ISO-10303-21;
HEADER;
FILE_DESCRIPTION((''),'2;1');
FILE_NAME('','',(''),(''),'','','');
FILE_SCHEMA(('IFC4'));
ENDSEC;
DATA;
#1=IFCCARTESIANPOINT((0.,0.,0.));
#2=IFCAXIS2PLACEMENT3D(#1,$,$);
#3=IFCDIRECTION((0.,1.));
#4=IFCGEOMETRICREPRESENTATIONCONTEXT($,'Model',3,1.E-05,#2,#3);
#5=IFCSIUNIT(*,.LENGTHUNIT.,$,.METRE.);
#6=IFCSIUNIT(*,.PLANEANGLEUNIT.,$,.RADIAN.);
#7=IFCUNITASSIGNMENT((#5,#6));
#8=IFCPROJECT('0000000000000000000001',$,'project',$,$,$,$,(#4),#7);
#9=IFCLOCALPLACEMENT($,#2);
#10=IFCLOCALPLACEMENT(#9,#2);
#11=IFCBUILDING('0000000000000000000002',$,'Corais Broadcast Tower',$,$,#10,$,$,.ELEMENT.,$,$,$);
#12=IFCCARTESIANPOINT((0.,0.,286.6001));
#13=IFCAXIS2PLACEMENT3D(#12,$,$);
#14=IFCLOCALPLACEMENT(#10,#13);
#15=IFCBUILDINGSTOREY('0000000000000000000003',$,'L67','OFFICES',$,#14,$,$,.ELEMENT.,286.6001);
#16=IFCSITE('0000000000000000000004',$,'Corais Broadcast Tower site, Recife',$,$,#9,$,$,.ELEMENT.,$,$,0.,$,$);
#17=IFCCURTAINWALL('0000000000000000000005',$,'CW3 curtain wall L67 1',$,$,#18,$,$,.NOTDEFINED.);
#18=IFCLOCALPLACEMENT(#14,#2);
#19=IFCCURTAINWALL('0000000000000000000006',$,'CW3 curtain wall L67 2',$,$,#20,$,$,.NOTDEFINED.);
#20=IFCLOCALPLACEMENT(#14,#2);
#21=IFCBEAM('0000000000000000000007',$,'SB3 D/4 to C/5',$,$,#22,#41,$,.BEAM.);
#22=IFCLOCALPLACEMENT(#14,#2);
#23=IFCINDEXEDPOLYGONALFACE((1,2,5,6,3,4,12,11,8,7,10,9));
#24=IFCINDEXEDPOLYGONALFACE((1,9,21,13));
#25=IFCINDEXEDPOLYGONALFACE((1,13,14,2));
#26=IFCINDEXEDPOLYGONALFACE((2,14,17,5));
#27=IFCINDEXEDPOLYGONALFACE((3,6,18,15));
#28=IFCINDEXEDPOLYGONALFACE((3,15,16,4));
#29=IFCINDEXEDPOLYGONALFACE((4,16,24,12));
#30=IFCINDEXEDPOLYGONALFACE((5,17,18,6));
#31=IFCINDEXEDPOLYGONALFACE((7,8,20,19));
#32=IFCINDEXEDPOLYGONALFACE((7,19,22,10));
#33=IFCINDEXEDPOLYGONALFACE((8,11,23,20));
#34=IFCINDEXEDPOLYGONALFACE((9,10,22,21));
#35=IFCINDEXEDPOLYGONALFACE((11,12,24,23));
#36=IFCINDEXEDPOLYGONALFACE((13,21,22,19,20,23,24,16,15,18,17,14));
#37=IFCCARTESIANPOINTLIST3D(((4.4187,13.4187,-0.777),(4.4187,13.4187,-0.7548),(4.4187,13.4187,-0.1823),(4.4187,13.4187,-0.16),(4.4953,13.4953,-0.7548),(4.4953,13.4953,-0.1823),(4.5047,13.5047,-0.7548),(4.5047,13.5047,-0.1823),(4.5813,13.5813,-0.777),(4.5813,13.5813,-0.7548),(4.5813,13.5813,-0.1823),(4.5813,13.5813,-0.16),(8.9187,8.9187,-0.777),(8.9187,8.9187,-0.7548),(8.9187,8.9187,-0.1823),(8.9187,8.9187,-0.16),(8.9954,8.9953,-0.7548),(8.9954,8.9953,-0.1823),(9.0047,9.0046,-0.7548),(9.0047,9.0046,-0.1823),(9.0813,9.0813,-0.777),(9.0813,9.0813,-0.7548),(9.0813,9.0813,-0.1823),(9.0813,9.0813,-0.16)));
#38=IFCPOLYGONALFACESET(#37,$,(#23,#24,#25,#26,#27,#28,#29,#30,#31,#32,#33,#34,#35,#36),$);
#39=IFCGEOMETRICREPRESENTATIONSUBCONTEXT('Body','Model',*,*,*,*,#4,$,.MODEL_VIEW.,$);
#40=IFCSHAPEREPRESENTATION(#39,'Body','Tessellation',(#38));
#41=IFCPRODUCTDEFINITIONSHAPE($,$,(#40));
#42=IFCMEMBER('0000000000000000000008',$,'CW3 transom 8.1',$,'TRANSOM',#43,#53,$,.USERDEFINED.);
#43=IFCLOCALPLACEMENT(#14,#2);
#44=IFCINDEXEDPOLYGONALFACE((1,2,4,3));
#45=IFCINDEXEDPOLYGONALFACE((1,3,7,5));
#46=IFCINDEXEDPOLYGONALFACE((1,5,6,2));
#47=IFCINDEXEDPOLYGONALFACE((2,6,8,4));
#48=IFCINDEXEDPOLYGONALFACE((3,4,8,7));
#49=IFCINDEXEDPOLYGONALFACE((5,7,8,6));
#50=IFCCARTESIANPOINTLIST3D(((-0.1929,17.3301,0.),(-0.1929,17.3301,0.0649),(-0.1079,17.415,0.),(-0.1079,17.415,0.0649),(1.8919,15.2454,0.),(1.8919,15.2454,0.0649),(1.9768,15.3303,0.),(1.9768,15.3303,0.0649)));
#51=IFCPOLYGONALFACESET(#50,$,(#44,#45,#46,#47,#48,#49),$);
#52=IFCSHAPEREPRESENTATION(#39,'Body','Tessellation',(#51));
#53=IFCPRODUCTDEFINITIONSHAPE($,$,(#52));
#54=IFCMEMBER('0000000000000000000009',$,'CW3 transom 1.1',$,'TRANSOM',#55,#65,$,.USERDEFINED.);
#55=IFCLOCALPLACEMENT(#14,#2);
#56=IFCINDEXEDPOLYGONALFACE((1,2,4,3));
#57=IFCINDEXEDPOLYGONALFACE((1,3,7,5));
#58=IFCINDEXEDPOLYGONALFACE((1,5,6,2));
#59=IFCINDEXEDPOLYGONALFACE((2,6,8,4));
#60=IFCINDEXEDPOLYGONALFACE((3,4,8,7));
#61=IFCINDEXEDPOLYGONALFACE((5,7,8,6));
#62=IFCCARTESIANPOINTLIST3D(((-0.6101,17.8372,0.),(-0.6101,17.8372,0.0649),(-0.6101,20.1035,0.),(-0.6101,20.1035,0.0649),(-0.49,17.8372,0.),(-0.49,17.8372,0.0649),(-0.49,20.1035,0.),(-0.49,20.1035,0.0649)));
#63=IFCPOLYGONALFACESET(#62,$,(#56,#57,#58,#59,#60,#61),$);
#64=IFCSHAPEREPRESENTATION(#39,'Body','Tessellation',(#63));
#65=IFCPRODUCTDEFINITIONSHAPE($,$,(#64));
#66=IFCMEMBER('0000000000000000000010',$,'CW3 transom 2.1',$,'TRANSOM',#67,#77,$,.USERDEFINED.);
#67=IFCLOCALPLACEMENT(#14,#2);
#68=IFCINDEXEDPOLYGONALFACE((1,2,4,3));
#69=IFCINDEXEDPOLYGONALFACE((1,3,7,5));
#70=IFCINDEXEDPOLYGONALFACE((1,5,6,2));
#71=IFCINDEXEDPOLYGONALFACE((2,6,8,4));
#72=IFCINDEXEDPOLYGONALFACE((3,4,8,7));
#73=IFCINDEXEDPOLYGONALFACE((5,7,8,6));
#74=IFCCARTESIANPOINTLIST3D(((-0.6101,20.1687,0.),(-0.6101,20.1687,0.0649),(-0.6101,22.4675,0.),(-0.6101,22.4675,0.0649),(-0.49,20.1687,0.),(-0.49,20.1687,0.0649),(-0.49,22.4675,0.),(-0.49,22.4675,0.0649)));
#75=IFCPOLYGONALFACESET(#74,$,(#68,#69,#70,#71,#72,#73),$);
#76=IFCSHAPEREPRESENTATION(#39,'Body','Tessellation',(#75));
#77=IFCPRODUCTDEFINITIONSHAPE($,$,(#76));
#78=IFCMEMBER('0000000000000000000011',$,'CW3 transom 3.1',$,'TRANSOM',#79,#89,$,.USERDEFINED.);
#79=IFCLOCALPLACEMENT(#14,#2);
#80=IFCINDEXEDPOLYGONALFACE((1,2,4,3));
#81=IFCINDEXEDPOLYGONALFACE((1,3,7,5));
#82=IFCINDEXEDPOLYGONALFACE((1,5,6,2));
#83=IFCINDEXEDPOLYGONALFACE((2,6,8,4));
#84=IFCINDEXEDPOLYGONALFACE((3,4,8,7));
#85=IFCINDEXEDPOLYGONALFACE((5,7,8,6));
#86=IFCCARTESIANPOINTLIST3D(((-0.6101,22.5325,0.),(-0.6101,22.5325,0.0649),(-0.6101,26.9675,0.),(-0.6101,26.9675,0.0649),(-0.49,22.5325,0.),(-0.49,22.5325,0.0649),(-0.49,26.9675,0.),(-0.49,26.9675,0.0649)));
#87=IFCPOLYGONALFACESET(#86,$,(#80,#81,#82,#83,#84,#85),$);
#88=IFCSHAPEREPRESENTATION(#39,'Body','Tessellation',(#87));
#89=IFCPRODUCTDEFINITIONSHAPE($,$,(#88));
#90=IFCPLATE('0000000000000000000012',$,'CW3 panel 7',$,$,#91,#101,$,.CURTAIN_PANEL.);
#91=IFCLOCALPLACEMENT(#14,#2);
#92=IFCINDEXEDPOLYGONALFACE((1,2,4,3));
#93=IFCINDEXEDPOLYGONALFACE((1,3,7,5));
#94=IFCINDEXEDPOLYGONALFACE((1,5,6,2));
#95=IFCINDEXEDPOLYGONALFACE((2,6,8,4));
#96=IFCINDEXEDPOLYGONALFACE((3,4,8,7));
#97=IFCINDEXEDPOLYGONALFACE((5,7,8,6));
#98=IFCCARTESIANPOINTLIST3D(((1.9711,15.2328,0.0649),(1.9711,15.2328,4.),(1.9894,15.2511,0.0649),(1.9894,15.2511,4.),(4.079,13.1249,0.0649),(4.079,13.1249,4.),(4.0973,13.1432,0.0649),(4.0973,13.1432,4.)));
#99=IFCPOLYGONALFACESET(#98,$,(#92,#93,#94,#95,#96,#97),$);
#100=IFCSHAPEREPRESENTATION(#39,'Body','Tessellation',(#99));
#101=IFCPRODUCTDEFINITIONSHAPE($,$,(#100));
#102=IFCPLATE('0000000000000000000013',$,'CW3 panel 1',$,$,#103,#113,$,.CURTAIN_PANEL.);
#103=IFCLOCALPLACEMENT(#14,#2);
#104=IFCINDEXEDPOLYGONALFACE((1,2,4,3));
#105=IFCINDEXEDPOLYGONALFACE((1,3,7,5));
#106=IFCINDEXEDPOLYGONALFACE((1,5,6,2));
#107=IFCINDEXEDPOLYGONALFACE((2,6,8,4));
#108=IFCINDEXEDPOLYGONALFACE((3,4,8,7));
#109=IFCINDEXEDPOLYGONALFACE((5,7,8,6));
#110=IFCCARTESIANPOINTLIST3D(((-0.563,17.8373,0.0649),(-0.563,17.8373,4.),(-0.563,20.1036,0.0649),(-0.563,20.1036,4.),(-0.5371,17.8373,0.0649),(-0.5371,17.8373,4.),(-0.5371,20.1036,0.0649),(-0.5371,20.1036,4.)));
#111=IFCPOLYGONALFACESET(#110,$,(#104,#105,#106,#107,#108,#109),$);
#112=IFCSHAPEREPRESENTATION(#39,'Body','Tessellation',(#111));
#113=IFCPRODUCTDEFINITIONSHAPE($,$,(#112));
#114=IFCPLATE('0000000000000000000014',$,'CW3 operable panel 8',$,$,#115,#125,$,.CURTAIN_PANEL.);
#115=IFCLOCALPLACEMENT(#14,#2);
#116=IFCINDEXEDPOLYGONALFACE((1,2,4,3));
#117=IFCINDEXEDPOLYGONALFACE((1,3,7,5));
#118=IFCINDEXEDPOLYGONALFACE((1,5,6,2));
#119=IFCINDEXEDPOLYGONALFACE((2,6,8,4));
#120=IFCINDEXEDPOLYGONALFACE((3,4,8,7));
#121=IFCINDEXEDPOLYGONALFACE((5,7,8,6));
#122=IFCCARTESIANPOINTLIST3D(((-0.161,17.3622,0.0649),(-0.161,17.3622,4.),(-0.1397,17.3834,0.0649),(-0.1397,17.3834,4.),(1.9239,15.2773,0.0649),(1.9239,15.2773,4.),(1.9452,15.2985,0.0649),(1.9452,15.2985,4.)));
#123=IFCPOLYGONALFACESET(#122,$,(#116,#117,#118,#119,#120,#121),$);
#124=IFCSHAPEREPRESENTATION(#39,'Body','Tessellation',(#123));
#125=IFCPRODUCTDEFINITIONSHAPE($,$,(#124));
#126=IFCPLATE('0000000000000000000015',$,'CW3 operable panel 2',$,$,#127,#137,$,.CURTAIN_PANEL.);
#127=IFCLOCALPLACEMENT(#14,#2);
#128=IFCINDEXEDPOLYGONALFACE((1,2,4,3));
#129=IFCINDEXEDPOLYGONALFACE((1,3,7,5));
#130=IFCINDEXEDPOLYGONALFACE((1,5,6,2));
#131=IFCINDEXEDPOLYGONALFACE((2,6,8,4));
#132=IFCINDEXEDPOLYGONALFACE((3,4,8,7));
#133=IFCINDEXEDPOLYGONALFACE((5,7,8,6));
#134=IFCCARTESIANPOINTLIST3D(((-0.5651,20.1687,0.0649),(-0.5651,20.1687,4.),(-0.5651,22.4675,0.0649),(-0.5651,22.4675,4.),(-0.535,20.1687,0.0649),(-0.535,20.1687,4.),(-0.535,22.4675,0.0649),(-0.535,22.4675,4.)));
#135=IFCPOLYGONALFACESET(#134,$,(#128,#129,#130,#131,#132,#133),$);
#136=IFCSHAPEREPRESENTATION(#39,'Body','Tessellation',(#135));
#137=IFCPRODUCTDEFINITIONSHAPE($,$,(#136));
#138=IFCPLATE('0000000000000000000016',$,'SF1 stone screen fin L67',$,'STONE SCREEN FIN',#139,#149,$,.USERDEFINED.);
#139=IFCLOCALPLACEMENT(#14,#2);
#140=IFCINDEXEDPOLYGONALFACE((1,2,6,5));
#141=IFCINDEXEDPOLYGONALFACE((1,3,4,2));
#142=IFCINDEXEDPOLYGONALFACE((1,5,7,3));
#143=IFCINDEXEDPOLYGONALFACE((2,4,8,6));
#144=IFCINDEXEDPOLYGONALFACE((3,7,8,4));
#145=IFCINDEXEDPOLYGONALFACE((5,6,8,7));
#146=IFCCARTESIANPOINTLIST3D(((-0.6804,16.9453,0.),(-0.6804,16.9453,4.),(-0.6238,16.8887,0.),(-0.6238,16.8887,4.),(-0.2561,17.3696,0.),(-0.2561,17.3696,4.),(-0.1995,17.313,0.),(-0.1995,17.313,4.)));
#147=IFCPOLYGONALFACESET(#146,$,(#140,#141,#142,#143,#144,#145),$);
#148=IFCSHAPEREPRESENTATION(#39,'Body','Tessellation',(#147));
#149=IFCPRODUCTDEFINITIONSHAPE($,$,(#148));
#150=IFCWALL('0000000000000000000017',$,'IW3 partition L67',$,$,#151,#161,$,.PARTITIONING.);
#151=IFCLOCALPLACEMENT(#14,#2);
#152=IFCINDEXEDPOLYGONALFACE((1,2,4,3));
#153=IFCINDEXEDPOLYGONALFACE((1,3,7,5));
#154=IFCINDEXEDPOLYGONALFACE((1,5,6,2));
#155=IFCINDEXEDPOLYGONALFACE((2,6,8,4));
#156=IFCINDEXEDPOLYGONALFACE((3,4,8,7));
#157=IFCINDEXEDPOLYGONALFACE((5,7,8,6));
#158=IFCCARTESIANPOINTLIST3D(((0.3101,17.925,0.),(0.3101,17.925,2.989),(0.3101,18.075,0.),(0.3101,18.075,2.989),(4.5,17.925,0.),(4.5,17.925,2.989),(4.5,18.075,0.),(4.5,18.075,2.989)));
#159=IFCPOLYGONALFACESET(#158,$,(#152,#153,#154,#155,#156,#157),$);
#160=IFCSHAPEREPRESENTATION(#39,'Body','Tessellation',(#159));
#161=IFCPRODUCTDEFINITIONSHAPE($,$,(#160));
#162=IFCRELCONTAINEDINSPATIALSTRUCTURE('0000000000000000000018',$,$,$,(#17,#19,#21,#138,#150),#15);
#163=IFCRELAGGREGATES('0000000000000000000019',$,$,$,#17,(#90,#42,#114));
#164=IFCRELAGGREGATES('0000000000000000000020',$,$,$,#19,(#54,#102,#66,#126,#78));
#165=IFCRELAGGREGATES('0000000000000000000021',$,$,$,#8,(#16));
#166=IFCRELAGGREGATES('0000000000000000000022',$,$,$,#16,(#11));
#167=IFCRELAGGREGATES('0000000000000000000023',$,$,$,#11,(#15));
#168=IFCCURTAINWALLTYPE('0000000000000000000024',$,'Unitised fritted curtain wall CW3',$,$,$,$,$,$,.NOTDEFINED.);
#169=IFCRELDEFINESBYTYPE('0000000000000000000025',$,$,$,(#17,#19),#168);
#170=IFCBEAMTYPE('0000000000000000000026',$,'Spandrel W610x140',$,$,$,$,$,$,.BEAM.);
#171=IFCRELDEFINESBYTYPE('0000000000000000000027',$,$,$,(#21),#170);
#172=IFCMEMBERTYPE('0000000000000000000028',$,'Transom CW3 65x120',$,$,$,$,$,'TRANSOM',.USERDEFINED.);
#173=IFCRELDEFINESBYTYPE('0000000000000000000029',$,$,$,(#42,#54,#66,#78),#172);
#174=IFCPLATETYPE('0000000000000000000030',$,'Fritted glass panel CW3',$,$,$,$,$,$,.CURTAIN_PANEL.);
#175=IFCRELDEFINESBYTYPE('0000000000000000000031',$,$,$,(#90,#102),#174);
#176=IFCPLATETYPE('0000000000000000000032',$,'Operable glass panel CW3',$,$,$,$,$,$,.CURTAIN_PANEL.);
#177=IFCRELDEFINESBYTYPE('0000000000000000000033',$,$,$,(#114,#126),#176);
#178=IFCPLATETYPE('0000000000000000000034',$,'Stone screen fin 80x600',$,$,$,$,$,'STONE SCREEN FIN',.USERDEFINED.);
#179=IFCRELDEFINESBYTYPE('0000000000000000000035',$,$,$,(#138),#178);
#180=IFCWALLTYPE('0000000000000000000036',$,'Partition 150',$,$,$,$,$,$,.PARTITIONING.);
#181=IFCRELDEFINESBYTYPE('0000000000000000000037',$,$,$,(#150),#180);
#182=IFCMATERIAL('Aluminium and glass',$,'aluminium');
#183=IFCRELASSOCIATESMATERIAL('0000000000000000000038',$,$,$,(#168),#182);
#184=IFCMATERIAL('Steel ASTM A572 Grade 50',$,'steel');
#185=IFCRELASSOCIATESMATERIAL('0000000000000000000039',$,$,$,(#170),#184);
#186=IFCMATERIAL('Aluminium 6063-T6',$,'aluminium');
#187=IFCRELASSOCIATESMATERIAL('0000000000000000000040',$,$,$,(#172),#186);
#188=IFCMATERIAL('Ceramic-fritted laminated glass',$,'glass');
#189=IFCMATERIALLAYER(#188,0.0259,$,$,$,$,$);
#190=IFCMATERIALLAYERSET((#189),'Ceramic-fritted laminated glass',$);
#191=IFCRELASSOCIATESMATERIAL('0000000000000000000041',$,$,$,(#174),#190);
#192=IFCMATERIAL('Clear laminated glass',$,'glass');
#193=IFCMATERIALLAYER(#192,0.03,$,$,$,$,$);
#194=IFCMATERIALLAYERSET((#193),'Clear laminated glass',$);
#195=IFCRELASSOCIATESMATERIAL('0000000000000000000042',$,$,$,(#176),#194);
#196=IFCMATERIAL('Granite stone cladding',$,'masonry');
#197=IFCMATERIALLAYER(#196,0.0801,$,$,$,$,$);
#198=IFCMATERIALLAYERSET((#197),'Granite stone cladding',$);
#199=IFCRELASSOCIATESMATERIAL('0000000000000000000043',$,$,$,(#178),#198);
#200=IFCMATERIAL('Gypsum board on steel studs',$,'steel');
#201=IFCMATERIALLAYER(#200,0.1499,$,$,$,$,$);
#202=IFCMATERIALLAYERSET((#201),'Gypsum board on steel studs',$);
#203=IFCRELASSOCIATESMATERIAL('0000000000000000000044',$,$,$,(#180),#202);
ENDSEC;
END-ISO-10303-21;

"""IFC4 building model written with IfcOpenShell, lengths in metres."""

from ifc_helpers import new_model, si_unit, direction, frame, frame_2d, origin, origin_2d, place, context, subcontext, project, spatial, rectangle, i_section, extrude, material, layer, layer_set, material_profile, profile_set, type_object, element, aggregate, save


model = new_model("IFC4")

# Units and contexts
model_context = context("Model", 3, precision=1e-05, world=origin(), true_north=direction((0.0, 1.0)))
body_context = subcontext(model_context, "Body", "Model", "MODEL_VIEW")
ifc_project = project(units=[si_unit("LENGTHUNIT", "METRE"), si_unit("PLANEANGLEUNIT", "RADIAN")], contexts=[model_context])

# Site, building, storey
site_placement = place(None, origin())
site = spatial("IfcSite", under=ifc_project, at=site_placement, Name="Corais Broadcast Tower site, Recife", CompositionType="ELEMENT", RefElevation=0.0)
building_placement = place(site_placement, origin())
building = spatial("IfcBuilding", under=site, at=building_placement, Name="Corais Broadcast Tower", CompositionType="ELEMENT")
storey_placement = place(building_placement, frame((0.0, 0.0, 286.6001)))
storey = spatial("IfcBuildingStorey", under=building, at=storey_placement, Name="L67", Description="OFFICES", CompositionType="ELEMENT", Elevation=286.6001)

# Curtain walls
ifc_material_1 = material(Name="Aluminium and glass", Category="aluminium")
curtain_wall_type = type_object("IfcCurtainWallType", Name="Unitised fritted curtain wall CW3", PredefinedType="NOTDEFINED", material=ifc_material_1)
curtain_wall_1_placement = place(storey_placement, origin())
curtain_wall_1 = element("IfcCurtainWall", 1, at=curtain_wall_1_placement, inside=storey, type_object=curtain_wall_type, Name="CW3 curtain wall L67 1", PredefinedType="NOTDEFINED")
curtain_wall_2_placement = place(storey_placement, origin())
curtain_wall_2 = element("IfcCurtainWall", 2, at=curtain_wall_2_placement, inside=storey, type_object=curtain_wall_type, Name="CW3 curtain wall L67 2", PredefinedType="NOTDEFINED")

# Beam
ifc_material_2 = material(Name="Steel ASTM A572 Grade 50", Category="steel")
ifc_material_profile_1 = material_profile(ifc_material_2, i_section(OverallWidth=0.23, OverallDepth=0.6169, WebThickness=0.0132, FlangeThickness=0.0222, at=origin_2d()), Name="W610x140")
ifc_profile_set_1 = profile_set([ifc_material_profile_1], Name="Steel ASTM A572 Grade 50")
beam_type_1 = type_object("IfcBeamType", Name="Spandrel W610x140", PredefinedType="BEAM", material=ifc_profile_set_1)
beam_1_placement = place(storey_placement, frame((4.5, 13.5, -0.4685), z_axis=(0.707107, -0.707107, 0.0), x_axis=(0.707107, 0.707107, 0.0)))
element("IfcBeam", 3, at=beam_1_placement, inside=storey, type_object=beam_type_1, Name="SB3 D/4 to C/5", PredefinedType="BEAM", context=body_context, shape_type="SweptSolid", body=[
    extrude(i_section(OverallWidth=0.23, OverallDepth=0.6169, WebThickness=0.0132, FlangeThickness=0.0222, at=origin_2d()), origin(), (0.0, 0.0, 1.0), 6.364),
])

# Members
ifc_material_3 = material(Name="Aluminium 6063-T6", Category="aluminium")
ifc_material_profile_2 = material_profile(ifc_material_3, rectangle(XDim=0.1201, YDim=0.0649, at=origin_2d()), Name="Transom CW3 65x120")
ifc_profile_set_2 = profile_set([ifc_material_profile_2], Name="Aluminium 6063-T6")
member_type_1 = type_object("IfcMemberType", Name="Transom CW3 65x120", ElementType="TRANSOM", PredefinedType="USERDEFINED", material=ifc_profile_set_2)
member_1_placement = place(storey_placement, frame((1.9343, 15.2878, 0.0325), z_axis=(-0.707107, 0.707107, 0.0), x_axis=(-0.707107, -0.707107, 0.0)))
member_1 = element("IfcMember", 4, at=member_1_placement, type_object=member_type_1, Name="CW3 transom 8.1", ObjectType="TRANSOM", PredefinedType="USERDEFINED", context=body_context, shape_type="SweptSolid", body=[
    extrude(rectangle(XDim=0.1201, YDim=0.0649, at=origin_2d()), origin(), (0.0, 0.0, 1.0), 2.9482),
])
member_2_placement = place(storey_placement, frame((-0.55, 17.8372, 0.0325), z_axis=(0.0, 1.0, 0.0), x_axis=(-1.0, 0.0, 0.0)))
member_2 = element("IfcMember", 5, at=member_2_placement, type_object=member_type_1, Name="CW3 transom 1.1", ObjectType="TRANSOM", PredefinedType="USERDEFINED", context=body_context, shape_type="SweptSolid", body=[
    extrude(rectangle(XDim=0.1201, YDim=0.0649, at=origin_2d()), origin(), (0.0, 0.0, 1.0), 2.2664),
])
member_3_placement = place(storey_placement, frame((-0.55, 20.1687, 0.0325), z_axis=(0.0, 1.0, 0.0), x_axis=(-1.0, 0.0, 0.0)))
member_3 = element("IfcMember", 6, at=member_3_placement, type_object=member_type_1, Name="CW3 transom 2.1", ObjectType="TRANSOM", PredefinedType="USERDEFINED", context=body_context, shape_type="SweptSolid", body=[
    extrude(rectangle(XDim=0.1201, YDim=0.0649, at=origin_2d()), origin(), (0.0, 0.0, 1.0), 2.2988),
])
member_4_placement = place(storey_placement, frame((-0.55, 22.5325, 0.0325), z_axis=(0.0, 1.0, 0.0), x_axis=(-1.0, 0.0, 0.0)))
member_4 = element("IfcMember", 7, at=member_4_placement, type_object=member_type_1, Name="CW3 transom 3.1", ObjectType="TRANSOM", PredefinedType="USERDEFINED", context=body_context, shape_type="SweptSolid", body=[
    extrude(rectangle(XDim=0.1201, YDim=0.0649, at=origin_2d()), origin(), (0.0, 0.0, 1.0), 4.4351),
])

# Plates
ifc_material_4 = material(Name="Ceramic-fritted laminated glass", Category="glass")
ifc_layer_1 = layer(ifc_material_4, 0.0259)
ifc_layer_set_1 = layer_set([ifc_layer_1], Name="Ceramic-fritted laminated glass")
plate_type_1 = type_object("IfcPlateType", Name="Fritted glass panel CW3", PredefinedType="CURTAIN_PANEL", material=ifc_layer_set_1)
plate_1_placement = place(storey_placement, frame((3.0342, 14.188, 0.0649), z_axis=(0.0, 0.0, 1.0), x_axis=(-0.707107, 0.707107, 0.0)))
plate_1 = element("IfcPlate", 8, at=plate_1_placement, type_object=plate_type_1, Name="CW3 panel 7", PredefinedType="CURTAIN_PANEL", context=body_context, shape_type="SweptSolid", body=[
    extrude(rectangle(XDim=2.981, YDim=0.0259, at=origin_2d()), origin(), (0.0, 0.0, 1.0), 3.9351),
])
plate_2_placement = place(storey_placement, frame((-0.55, 18.9705, 0.0649), z_axis=(0.0, 0.0, 1.0), x_axis=(0.0, 1.0, 0.0)))
plate_2 = element("IfcPlate", 9, at=plate_2_placement, type_object=plate_type_1, Name="CW3 panel 1", PredefinedType="CURTAIN_PANEL", context=body_context, shape_type="SweptSolid", body=[
    extrude(rectangle(XDim=2.2664, YDim=0.0259, at=origin_2d()), origin(), (0.0, 0.0, 1.0), 3.9351),
])
ifc_material_5 = material(Name="Clear laminated glass", Category="glass")
ifc_layer_2 = layer(ifc_material_5, 0.03)
ifc_layer_set_2 = layer_set([ifc_layer_2], Name="Clear laminated glass")
plate_type_2 = type_object("IfcPlateType", Name="Operable glass panel CW3", PredefinedType="CURTAIN_PANEL", material=ifc_layer_set_2)
plate_3_placement = place(storey_placement, frame((0.8921, 16.3303, 0.0649), z_axis=(0.0, 0.0, 1.0), x_axis=(-0.707107, 0.707107, 0.0)))
plate_3 = element("IfcPlate", 10, at=plate_3_placement, type_object=plate_type_2, Name="CW3 operable panel 8", PredefinedType="CURTAIN_PANEL", context=body_context, shape_type="SweptSolid", body=[
    extrude(rectangle(XDim=2.9485, YDim=0.03, at=origin_2d()), origin(), (0.0, 0.0, 1.0), 3.9351),
])
aggregate(curtain_wall_1, [plate_1, member_1, plate_3])
plate_4_placement = place(storey_placement, frame((-0.55, 21.3181, 0.0649), z_axis=(0.0, 0.0, 1.0), x_axis=(0.0, 1.0, 0.0)))
plate_4 = element("IfcPlate", 11, at=plate_4_placement, type_object=plate_type_2, Name="CW3 operable panel 2", PredefinedType="CURTAIN_PANEL", context=body_context, shape_type="SweptSolid", body=[
    extrude(rectangle(XDim=2.2988, YDim=0.03, at=origin_2d()), origin(), (0.0, 0.0, 1.0), 3.9351),
])
aggregate(curtain_wall_2, [member_2, plate_2, member_3, plate_4, member_4])
ifc_material_6 = material(Name="Granite stone cladding", Category="masonry")
ifc_layer_3 = layer(ifc_material_6, 0.0801)
ifc_layer_set_3 = layer_set([ifc_layer_3], Name="Granite stone cladding")
plate_type_3 = type_object("IfcPlateType", Name="Stone screen fin 80x600", ElementType="STONE SCREEN FIN", PredefinedType="USERDEFINED", material=ifc_layer_set_3)
plate_5_placement = place(storey_placement, frame((-0.4399, 17.1292, 0.0), z_axis=(0.0, 0.0, 1.0), x_axis=(-0.707107, 0.707107, 0.0)))
element("IfcPlate", 12, at=plate_5_placement, inside=storey, type_object=plate_type_3, Name="SF1 stone screen fin L67", ObjectType="STONE SCREEN FIN", PredefinedType="USERDEFINED", context=body_context, shape_type="SweptSolid", body=[
    extrude(rectangle(XDim=0.0801, YDim=0.6001, at=origin_2d()), origin(), (0.0, 0.0, 1.0), 4.0),
])

# Wall
ifc_material_7 = material(Name="Gypsum board on steel studs", Category="steel")
ifc_layer_4 = layer(ifc_material_7, 0.1499)
ifc_layer_set_4 = layer_set([ifc_layer_4], Name="Gypsum board on steel studs")
wall_type = type_object("IfcWallType", Name="Partition 150", PredefinedType="PARTITIONING", material=ifc_layer_set_4)
wall_1_placement = place(storey_placement, frame((0.3101, 18.0, 0.0), z_axis=(0.0, 0.0, 1.0), x_axis=(1.0, 0.0, 0.0)))
element("IfcWall", 13, at=wall_1_placement, inside=storey, type_object=wall_type, Name="IW3 partition L67", PredefinedType="PARTITIONING", context=body_context, shape_type="SweptSolid", body=[
    extrude(rectangle(XDim=4.1899, YDim=0.1499, at=frame_2d((2.095, 0.0))), origin(), (0.0, 0.0, 1.0), 2.989),
])

save(model, "model.ifc")
